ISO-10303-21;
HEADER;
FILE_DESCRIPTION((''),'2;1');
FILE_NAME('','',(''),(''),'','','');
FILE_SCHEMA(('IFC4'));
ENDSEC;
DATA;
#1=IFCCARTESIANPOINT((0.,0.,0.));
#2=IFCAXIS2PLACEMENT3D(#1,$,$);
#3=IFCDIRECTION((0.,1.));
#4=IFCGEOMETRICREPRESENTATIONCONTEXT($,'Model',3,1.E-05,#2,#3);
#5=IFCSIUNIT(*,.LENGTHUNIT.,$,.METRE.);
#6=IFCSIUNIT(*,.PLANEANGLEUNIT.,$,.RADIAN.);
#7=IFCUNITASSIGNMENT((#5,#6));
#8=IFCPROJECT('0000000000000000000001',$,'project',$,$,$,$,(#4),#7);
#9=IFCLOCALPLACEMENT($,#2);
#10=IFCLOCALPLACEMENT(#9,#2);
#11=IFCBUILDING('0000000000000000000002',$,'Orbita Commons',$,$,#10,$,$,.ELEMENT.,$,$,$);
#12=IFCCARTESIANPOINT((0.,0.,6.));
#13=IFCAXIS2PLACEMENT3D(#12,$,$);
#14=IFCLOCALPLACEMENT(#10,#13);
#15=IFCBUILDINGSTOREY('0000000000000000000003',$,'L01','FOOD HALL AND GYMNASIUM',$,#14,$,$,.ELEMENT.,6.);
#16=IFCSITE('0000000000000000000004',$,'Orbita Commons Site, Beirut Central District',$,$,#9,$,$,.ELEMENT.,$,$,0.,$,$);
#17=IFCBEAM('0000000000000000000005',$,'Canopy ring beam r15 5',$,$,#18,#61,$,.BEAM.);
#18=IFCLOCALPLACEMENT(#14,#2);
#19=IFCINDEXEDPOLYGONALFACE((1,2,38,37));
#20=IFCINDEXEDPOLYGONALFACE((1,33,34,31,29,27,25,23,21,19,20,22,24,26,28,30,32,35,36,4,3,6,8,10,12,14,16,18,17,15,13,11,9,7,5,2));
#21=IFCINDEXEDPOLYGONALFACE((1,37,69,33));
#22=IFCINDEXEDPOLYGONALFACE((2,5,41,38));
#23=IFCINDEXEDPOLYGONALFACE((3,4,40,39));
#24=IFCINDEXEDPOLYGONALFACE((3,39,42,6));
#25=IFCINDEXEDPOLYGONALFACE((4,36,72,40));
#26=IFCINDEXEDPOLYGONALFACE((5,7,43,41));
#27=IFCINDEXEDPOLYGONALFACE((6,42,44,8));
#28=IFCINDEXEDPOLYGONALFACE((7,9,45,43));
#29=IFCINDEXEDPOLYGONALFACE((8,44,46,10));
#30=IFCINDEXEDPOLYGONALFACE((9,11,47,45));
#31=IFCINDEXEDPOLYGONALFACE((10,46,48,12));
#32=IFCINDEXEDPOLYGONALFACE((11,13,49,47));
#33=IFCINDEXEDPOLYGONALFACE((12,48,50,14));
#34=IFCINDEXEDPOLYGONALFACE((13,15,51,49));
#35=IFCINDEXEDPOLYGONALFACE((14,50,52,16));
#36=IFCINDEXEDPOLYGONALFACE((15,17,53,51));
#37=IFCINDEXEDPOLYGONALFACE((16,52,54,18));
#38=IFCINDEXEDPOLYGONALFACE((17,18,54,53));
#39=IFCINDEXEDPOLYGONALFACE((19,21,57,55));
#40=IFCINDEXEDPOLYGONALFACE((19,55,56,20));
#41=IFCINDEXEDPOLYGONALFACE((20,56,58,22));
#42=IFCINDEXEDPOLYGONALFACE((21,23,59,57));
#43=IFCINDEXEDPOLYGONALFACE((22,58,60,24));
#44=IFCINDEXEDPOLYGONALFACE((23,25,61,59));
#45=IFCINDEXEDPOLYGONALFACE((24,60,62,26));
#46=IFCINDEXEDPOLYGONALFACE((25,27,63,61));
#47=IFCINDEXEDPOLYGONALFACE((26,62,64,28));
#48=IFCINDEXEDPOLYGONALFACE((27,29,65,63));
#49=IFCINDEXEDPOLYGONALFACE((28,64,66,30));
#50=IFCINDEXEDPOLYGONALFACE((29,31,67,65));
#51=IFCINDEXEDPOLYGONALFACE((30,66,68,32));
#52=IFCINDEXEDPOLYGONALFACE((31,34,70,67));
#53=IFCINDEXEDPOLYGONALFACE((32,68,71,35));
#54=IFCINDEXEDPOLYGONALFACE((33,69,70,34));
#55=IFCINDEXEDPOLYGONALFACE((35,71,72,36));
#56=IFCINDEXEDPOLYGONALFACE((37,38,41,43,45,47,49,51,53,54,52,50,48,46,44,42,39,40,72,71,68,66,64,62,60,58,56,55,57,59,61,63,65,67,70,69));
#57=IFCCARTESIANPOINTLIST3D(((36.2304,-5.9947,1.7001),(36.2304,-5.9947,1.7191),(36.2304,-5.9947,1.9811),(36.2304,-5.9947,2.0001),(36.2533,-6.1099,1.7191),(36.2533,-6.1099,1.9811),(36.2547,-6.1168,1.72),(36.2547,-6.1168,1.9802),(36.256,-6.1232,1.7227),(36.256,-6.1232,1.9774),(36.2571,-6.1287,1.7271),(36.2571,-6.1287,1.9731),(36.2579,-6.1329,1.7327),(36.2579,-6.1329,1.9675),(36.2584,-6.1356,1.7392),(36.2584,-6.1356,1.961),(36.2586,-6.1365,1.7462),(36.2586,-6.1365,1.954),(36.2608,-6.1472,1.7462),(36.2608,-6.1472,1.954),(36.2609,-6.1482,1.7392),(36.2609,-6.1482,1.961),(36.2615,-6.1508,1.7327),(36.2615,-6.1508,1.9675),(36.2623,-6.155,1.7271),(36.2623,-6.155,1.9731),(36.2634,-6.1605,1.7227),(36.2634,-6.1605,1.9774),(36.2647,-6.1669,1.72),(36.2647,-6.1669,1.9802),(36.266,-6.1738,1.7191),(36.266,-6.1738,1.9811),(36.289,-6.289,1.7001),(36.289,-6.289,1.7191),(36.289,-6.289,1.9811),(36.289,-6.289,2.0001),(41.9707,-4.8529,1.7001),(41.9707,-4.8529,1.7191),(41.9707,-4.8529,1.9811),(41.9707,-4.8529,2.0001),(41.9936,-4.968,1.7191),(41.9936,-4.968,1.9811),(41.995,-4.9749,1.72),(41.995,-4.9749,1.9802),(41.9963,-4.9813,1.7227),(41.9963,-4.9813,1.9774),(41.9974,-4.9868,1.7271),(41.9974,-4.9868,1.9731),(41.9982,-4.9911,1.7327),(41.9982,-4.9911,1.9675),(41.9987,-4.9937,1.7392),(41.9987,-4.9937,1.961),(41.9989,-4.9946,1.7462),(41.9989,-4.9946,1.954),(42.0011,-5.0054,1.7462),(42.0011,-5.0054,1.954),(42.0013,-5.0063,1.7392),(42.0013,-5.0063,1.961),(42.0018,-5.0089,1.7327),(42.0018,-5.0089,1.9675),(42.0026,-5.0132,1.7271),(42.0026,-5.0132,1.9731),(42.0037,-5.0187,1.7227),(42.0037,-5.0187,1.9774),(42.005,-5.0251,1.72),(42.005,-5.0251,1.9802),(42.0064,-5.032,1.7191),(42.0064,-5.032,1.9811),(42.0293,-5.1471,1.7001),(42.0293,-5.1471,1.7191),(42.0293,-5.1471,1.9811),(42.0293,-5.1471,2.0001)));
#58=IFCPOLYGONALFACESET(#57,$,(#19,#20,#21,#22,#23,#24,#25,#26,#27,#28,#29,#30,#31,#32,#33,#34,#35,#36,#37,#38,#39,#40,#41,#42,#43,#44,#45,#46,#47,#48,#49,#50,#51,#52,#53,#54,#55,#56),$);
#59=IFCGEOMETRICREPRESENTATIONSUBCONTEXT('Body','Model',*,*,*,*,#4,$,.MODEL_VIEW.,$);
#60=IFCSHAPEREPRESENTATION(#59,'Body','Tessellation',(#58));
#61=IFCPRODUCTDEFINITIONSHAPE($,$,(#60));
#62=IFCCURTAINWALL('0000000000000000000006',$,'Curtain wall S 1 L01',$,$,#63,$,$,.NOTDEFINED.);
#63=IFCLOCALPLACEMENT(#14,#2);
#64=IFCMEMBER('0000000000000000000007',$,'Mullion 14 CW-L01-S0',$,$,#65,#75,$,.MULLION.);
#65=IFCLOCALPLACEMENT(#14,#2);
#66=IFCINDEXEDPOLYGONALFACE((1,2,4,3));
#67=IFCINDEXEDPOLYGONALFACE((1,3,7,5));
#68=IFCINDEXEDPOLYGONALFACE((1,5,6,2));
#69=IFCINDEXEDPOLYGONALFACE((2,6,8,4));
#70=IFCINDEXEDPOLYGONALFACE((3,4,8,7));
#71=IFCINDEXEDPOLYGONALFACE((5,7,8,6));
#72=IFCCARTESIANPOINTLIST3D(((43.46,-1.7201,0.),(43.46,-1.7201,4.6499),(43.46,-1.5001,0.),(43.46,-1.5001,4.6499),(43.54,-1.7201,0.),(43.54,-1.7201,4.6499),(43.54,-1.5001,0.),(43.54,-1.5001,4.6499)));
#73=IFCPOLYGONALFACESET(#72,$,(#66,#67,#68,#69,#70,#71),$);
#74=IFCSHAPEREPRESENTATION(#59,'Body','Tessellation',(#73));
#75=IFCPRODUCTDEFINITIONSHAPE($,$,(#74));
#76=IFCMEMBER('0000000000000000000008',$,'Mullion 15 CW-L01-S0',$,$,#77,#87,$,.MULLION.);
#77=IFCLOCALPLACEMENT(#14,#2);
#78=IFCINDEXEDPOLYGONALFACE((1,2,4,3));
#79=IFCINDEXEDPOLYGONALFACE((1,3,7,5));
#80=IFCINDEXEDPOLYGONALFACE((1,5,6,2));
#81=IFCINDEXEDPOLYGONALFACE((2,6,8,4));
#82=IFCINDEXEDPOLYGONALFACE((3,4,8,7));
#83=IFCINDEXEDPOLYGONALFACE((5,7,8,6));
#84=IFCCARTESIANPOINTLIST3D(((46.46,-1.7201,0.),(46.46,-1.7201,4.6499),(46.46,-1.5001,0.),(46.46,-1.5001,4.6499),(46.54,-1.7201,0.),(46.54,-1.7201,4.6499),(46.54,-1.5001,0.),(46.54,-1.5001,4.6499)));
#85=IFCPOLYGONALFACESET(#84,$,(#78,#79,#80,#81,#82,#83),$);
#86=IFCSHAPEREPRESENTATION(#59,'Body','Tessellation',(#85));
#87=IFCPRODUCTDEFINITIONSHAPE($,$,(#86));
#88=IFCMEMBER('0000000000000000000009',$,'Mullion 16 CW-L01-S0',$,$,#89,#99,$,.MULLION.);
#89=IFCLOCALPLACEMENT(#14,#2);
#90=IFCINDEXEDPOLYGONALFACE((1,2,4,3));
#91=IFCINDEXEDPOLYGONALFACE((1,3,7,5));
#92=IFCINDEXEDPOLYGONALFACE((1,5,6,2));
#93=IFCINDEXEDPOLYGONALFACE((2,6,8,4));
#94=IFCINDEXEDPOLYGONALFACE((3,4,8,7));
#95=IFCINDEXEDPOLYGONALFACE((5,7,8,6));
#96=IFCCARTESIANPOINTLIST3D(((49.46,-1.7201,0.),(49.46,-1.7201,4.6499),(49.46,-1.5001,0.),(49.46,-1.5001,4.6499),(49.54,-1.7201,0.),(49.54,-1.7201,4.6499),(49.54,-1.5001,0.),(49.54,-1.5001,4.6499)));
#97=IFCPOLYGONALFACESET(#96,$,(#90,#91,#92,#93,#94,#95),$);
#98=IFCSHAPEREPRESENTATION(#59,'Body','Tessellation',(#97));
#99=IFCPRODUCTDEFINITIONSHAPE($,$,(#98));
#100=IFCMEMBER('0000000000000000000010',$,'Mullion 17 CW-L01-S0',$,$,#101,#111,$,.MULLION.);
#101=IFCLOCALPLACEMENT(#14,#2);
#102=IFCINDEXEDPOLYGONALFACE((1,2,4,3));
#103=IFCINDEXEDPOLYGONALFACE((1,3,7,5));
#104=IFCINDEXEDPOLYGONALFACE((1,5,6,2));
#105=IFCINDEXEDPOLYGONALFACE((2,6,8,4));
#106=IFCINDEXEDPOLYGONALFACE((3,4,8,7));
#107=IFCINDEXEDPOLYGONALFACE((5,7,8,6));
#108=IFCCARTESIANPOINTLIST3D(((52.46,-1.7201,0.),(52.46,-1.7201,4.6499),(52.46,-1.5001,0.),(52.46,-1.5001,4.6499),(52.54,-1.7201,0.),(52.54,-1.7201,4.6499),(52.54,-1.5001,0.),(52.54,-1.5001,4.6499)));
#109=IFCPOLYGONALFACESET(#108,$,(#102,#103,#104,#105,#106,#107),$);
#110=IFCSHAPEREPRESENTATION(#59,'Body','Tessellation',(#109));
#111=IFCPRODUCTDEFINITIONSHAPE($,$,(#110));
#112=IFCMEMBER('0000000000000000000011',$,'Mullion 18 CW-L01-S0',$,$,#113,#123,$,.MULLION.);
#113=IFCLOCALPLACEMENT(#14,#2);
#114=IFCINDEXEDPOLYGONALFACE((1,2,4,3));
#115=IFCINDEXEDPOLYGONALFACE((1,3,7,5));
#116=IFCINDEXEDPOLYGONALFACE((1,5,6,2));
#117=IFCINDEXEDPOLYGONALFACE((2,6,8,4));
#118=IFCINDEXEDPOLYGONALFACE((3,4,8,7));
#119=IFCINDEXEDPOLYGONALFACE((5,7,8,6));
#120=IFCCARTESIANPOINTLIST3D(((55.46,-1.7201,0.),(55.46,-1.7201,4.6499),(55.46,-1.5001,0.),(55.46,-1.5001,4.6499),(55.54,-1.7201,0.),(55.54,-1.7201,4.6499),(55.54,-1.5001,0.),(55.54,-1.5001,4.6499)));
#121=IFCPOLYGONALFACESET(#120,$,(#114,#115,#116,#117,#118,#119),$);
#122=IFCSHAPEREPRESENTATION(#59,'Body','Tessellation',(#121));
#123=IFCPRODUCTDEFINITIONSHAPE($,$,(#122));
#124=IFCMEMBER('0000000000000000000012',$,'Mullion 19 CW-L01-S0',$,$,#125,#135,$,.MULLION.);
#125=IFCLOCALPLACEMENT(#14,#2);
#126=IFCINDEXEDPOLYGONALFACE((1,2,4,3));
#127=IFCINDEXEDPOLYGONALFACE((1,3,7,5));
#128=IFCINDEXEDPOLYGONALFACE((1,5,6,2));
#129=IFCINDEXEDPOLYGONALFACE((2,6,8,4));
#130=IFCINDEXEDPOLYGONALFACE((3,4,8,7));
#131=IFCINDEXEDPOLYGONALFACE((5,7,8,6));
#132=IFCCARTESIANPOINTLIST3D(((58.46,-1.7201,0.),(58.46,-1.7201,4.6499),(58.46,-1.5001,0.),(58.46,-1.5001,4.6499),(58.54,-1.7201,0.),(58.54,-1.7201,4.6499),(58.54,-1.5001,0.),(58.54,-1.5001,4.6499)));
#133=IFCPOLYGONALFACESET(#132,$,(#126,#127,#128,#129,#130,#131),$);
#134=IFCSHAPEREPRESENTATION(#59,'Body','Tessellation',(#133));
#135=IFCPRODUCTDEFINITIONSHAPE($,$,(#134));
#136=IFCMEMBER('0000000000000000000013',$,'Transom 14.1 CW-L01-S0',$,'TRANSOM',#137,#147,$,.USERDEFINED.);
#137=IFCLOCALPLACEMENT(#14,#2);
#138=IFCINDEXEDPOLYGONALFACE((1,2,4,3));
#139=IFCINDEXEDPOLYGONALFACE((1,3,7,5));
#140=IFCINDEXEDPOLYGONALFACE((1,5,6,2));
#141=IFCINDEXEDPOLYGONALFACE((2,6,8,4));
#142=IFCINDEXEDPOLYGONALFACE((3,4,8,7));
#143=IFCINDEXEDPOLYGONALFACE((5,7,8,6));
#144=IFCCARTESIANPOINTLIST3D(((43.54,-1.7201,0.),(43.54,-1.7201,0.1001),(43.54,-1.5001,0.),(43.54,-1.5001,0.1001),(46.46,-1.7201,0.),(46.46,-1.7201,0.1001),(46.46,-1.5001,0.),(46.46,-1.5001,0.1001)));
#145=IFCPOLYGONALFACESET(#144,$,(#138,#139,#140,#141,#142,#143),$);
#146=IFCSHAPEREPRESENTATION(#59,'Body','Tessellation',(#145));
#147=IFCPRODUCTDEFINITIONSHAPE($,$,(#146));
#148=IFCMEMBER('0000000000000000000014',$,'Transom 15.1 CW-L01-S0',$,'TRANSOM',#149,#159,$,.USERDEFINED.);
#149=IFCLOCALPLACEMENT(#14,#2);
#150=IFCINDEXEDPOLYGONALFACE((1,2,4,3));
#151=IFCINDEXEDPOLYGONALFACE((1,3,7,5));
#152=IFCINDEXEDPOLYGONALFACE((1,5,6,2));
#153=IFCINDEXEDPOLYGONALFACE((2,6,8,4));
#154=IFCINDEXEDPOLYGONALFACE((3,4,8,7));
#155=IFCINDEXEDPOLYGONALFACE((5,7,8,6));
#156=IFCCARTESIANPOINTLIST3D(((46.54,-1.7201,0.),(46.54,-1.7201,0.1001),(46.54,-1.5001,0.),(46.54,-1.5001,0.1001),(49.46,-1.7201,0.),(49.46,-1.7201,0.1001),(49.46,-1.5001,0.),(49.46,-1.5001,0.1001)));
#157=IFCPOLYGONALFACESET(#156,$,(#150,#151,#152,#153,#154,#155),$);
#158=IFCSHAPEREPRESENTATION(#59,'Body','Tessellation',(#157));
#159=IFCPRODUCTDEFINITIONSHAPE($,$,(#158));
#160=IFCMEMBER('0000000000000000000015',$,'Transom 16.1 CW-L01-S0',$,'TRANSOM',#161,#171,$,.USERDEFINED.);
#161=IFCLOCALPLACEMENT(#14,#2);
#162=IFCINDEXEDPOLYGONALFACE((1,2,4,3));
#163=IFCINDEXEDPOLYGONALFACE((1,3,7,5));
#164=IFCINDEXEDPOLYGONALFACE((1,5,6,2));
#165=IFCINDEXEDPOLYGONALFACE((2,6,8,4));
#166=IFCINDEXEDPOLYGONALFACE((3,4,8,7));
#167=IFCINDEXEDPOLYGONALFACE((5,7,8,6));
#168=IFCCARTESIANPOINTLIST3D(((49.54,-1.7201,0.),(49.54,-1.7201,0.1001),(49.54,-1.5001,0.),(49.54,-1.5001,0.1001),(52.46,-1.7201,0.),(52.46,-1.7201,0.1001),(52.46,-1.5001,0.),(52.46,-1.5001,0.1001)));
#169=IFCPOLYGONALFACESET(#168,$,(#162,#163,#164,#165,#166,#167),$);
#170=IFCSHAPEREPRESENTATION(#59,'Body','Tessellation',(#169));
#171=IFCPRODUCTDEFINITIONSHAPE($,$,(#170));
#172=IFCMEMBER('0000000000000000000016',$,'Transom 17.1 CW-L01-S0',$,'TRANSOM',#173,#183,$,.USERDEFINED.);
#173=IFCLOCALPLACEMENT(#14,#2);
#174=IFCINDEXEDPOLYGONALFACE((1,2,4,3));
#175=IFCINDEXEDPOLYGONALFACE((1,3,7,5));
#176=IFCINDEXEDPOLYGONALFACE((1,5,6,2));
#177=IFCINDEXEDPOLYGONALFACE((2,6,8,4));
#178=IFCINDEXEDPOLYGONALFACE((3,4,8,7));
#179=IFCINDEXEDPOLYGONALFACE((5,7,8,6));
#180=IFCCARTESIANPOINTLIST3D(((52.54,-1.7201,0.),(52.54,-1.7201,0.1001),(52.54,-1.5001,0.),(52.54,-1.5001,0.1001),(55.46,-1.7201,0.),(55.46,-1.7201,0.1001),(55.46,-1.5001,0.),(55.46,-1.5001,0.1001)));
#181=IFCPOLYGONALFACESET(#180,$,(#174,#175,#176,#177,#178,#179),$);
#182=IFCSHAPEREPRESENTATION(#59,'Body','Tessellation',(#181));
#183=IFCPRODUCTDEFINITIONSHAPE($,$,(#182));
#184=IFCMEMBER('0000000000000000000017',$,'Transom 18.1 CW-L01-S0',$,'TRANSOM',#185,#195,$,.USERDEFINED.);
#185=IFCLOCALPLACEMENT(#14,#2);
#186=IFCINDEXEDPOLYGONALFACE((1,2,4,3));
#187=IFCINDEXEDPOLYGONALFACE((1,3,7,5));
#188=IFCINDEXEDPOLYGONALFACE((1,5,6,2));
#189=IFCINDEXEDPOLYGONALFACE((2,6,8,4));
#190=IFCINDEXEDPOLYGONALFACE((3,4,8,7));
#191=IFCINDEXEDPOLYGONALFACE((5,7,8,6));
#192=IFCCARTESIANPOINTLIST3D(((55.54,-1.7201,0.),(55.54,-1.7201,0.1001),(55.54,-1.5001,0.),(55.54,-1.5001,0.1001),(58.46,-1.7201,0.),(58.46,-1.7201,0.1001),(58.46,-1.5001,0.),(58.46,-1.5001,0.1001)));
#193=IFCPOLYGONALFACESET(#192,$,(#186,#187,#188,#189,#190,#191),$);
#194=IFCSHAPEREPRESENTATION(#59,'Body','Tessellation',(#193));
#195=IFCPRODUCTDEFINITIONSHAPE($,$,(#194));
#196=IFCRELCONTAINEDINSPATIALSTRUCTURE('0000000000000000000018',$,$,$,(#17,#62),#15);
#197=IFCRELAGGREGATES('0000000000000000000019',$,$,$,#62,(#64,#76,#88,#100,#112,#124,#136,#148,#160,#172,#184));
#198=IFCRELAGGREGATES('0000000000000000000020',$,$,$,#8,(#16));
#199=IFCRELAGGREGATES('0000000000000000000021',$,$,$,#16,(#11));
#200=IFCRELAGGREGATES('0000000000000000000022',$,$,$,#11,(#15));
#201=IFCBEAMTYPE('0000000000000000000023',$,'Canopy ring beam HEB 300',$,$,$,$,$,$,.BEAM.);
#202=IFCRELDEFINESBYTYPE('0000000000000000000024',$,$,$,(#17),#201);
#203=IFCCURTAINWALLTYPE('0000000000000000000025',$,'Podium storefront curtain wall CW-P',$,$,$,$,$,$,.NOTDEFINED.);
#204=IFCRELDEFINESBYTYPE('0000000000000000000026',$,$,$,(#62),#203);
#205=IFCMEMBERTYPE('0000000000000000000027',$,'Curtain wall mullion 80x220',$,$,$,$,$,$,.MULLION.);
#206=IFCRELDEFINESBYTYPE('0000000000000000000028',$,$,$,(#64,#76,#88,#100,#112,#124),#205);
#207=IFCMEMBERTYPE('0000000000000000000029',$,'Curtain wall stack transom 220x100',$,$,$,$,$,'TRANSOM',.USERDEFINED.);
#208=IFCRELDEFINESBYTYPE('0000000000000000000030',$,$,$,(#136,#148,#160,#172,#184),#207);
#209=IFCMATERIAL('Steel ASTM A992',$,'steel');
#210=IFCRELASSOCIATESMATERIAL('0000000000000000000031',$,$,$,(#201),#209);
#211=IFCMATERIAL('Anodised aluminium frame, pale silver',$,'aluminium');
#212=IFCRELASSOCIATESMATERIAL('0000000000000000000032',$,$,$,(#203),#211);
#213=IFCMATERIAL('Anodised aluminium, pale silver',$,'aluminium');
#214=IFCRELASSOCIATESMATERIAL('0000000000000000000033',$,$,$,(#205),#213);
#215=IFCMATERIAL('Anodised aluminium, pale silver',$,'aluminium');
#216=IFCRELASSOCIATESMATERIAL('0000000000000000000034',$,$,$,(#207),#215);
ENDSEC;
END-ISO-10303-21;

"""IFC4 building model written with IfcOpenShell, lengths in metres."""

from ifc_helpers import new_model, si_unit, direction, frame, origin, origin_2d, place, context, subcontext, project, spatial, rectangle, i_section, extrude, material, material_profile, profile_set, type_object, element, aggregate, save


model = new_model("IFC4")

# Units and contexts
model_context = context("Model", 3, precision=1e-05, world=origin(), true_north=direction((0.0, 1.0)))
body_context = subcontext(model_context, "Body", "Model", "MODEL_VIEW")
ifc_project = project(units=[si_unit("LENGTHUNIT", "METRE"), si_unit("PLANEANGLEUNIT", "RADIAN")], contexts=[model_context])

# Site, building, storey
site_placement = place(None, origin())
site = spatial("IfcSite", under=ifc_project, at=site_placement, Name="Orbita Commons Site, Beirut Central District", CompositionType="ELEMENT", RefElevation=0.0)
building_placement = place(site_placement, origin())
building = spatial("IfcBuilding", under=site, at=building_placement, Name="Orbita Commons", CompositionType="ELEMENT")
storey_placement = place(building_placement, frame((0.0, 0.0, 6.0)))
storey = spatial("IfcBuildingStorey", under=building, at=storey_placement, Name="L01", Description="FOOD HALL AND GYMNASIUM", CompositionType="ELEMENT", Elevation=6.0)

# Beam
ifc_material_1 = material(Name="Steel ASTM A992", Category="steel")
ifc_material_profile_1 = material_profile(ifc_material_1, i_section(OverallWidth=0.3, OverallDepth=0.3, WebThickness=0.011, FlangeThickness=0.019, FilletRadius=0.0271, at=origin_2d()), Name="HEB 300")
ifc_profile_set_1 = profile_set([ifc_material_profile_1], Name="Steel ASTM A992")
beam_type = type_object("IfcBeamType", Name="Canopy ring beam HEB 300", PredefinedType="BEAM", material=ifc_profile_set_1)
for number, where, z_axis, x_axis, name in (
    (1, (42.0, -5.0, 1.8501), (-0.980784, -0.195097, 0.0), (0.195097, -0.980784, 0.0), "Canopy ring beam r15 5"),
):
    element("IfcBeam", number, at=place(storey_placement, frame(where, z_axis=z_axis, x_axis=x_axis)), inside=storey, type_object=beam_type, Name=name, PredefinedType="BEAM", context=body_context, shape_type="SweptSolid", body=[
        extrude(i_section(OverallWidth=0.3, OverallDepth=0.3, WebThickness=0.011, FlangeThickness=0.019, FilletRadius=0.0271, at=origin_2d()), origin(), (0.0, 0.0, 1.0), 5.8528),
    ])

# Curtain wall, members
ifc_material_2 = material(Name="Anodised aluminium frame, pale silver", Category="aluminium")
curtain_wall_type = type_object("IfcCurtainWallType", Name="Podium storefront curtain wall CW-P", PredefinedType="NOTDEFINED", material=ifc_material_2)
curtain_wall_placement = place(storey_placement, origin())
curtain_wall = element("IfcCurtainWall", 2, at=curtain_wall_placement, inside=storey, type_object=curtain_wall_type, Name="Curtain wall S 1 L01", PredefinedType="NOTDEFINED")
ifc_material_3 = material(Name="Anodised aluminium, pale silver", Category="aluminium")
ifc_material_profile_2 = material_profile(ifc_material_3, rectangle(XDim=0.0801, YDim=0.22, at=origin_2d()), Name="AL 80x220")
ifc_profile_set_2 = profile_set([ifc_material_profile_2], Name="Anodised aluminium, pale silver")
member_type_1 = type_object("IfcMemberType", Name="Curtain wall mullion 80x220", PredefinedType="MULLION", material=ifc_profile_set_2)
member_1_placement = place(storey_placement, frame((43.5, -1.6101, 0.0), z_axis=(0.0, 0.0, 1.0), x_axis=(1.0, 0.0, 0.0)))
member_1 = element("IfcMember", 3, at=member_1_placement, type_object=member_type_1, Name="Mullion 14 CW-L01-S0", PredefinedType="MULLION", context=body_context, shape_type="SweptSolid", body=[
    extrude(rectangle(XDim=0.0801, YDim=0.22, at=origin_2d()), origin(), (0.0, 0.0, 1.0), 4.6499),
])
member_2_placement = place(storey_placement, frame((46.5, -1.6101, 0.0), z_axis=(0.0, 0.0, 1.0), x_axis=(1.0, 0.0, 0.0)))
member_2 = element("IfcMember", 4, at=member_2_placement, type_object=member_type_1, Name="Mullion 15 CW-L01-S0", PredefinedType="MULLION", context=body_context, shape_type="SweptSolid", body=[
    extrude(rectangle(XDim=0.0801, YDim=0.22, at=origin_2d()), origin(), (0.0, 0.0, 1.0), 4.6499),
])
member_3_placement = place(storey_placement, frame((49.5, -1.6101, 0.0), z_axis=(0.0, 0.0, 1.0), x_axis=(1.0, 0.0, 0.0)))
member_3 = element("IfcMember", 5, at=member_3_placement, type_object=member_type_1, Name="Mullion 16 CW-L01-S0", PredefinedType="MULLION", context=body_context, shape_type="SweptSolid", body=[
    extrude(rectangle(XDim=0.0801, YDim=0.22, at=origin_2d()), origin(), (0.0, 0.0, 1.0), 4.6499),
])
member_4_placement = place(storey_placement, frame((52.5, -1.6101, 0.0), z_axis=(0.0, 0.0, 1.0), x_axis=(1.0, 0.0, 0.0)))
member_4 = element("IfcMember", 6, at=member_4_placement, type_object=member_type_1, Name="Mullion 17 CW-L01-S0", PredefinedType="MULLION", context=body_context, shape_type="SweptSolid", body=[
    extrude(rectangle(XDim=0.0801, YDim=0.22, at=origin_2d()), origin(), (0.0, 0.0, 1.0), 4.6499),
])
member_5_placement = place(storey_placement, frame((55.5, -1.6101, 0.0), z_axis=(0.0, 0.0, 1.0), x_axis=(1.0, 0.0, 0.0)))
member_5 = element("IfcMember", 7, at=member_5_placement, type_object=member_type_1, Name="Mullion 18 CW-L01-S0", PredefinedType="MULLION", context=body_context, shape_type="SweptSolid", body=[
    extrude(rectangle(XDim=0.0801, YDim=0.22, at=origin_2d()), origin(), (0.0, 0.0, 1.0), 4.6499),
])
member_6_placement = place(storey_placement, frame((58.5, -1.6101, 0.0), z_axis=(0.0, 0.0, 1.0), x_axis=(1.0, 0.0, 0.0)))
member_6 = element("IfcMember", 8, at=member_6_placement, type_object=member_type_1, Name="Mullion 19 CW-L01-S0", PredefinedType="MULLION", context=body_context, shape_type="SweptSolid", body=[
    extrude(rectangle(XDim=0.0801, YDim=0.22, at=origin_2d()), origin(), (0.0, 0.0, 1.0), 4.6499),
])
ifc_material_4 = material(Name="Anodised aluminium, pale silver", Category="aluminium")
ifc_material_profile_3 = material_profile(ifc_material_4, rectangle(XDim=0.22, YDim=0.1001, at=origin_2d()), Name="AL 220x100")
ifc_profile_set_3 = profile_set([ifc_material_profile_3], Name="Anodised aluminium, pale silver")
member_type_2 = type_object("IfcMemberType", Name="Curtain wall stack transom 220x100", ElementType="TRANSOM", PredefinedType="USERDEFINED", material=ifc_profile_set_3)
member_7_placement = place(storey_placement, frame((43.54, -1.6101, 0.05), z_axis=(1.0, 0.0, 0.0), x_axis=(0.0, 1.0, 0.0)))
member_7 = element("IfcMember", 9, at=member_7_placement, type_object=member_type_2, Name="Transom 14.1 CW-L01-S0", ObjectType="TRANSOM", PredefinedType="USERDEFINED", context=body_context, shape_type="SweptSolid", body=[
    extrude(rectangle(XDim=0.22, YDim=0.1001, at=origin_2d()), origin(), (0.0, 0.0, 1.0), 2.9199),
])
member_8_placement = place(storey_placement, frame((46.54, -1.6101, 0.05), z_axis=(1.0, 0.0, 0.0), x_axis=(0.0, 1.0, 0.0)))
member_8 = element("IfcMember", 10, at=member_8_placement, type_object=member_type_2, Name="Transom 15.1 CW-L01-S0", ObjectType="TRANSOM", PredefinedType="USERDEFINED", context=body_context, shape_type="SweptSolid", body=[
    extrude(rectangle(XDim=0.22, YDim=0.1001, at=origin_2d()), origin(), (0.0, 0.0, 1.0), 2.9199),
])
member_9_placement = place(storey_placement, frame((49.54, -1.6101, 0.05), z_axis=(1.0, 0.0, 0.0), x_axis=(0.0, 1.0, 0.0)))
member_9 = element("IfcMember", 11, at=member_9_placement, type_object=member_type_2, Name="Transom 16.1 CW-L01-S0", ObjectType="TRANSOM", PredefinedType="USERDEFINED", context=body_context, shape_type="SweptSolid", body=[
    extrude(rectangle(XDim=0.22, YDim=0.1001, at=origin_2d()), origin(), (0.0, 0.0, 1.0), 2.9199),
])
member_10_placement = place(storey_placement, frame((52.54, -1.6101, 0.05), z_axis=(1.0, 0.0, 0.0), x_axis=(0.0, 1.0, 0.0)))
member_10 = element("IfcMember", 12, at=member_10_placement, type_object=member_type_2, Name="Transom 17.1 CW-L01-S0", ObjectType="TRANSOM", PredefinedType="USERDEFINED", context=body_context, shape_type="SweptSolid", body=[
    extrude(rectangle(XDim=0.22, YDim=0.1001, at=origin_2d()), origin(), (0.0, 0.0, 1.0), 2.9199),
])
member_11_placement = place(storey_placement, frame((55.54, -1.6101, 0.05), z_axis=(1.0, 0.0, 0.0), x_axis=(0.0, 1.0, 0.0)))
member_11 = element("IfcMember", 13, at=member_11_placement, type_object=member_type_2, Name="Transom 18.1 CW-L01-S0", ObjectType="TRANSOM", PredefinedType="USERDEFINED", context=body_context, shape_type="SweptSolid", body=[
    extrude(rectangle(XDim=0.22, YDim=0.1001, at=origin_2d()), origin(), (0.0, 0.0, 1.0), 2.9199),
])
aggregate(curtain_wall, [member_1, member_2, member_3, member_4, member_5, member_6, member_7, member_8, member_9, member_10, member_11])

save(model, "model.ifc")
